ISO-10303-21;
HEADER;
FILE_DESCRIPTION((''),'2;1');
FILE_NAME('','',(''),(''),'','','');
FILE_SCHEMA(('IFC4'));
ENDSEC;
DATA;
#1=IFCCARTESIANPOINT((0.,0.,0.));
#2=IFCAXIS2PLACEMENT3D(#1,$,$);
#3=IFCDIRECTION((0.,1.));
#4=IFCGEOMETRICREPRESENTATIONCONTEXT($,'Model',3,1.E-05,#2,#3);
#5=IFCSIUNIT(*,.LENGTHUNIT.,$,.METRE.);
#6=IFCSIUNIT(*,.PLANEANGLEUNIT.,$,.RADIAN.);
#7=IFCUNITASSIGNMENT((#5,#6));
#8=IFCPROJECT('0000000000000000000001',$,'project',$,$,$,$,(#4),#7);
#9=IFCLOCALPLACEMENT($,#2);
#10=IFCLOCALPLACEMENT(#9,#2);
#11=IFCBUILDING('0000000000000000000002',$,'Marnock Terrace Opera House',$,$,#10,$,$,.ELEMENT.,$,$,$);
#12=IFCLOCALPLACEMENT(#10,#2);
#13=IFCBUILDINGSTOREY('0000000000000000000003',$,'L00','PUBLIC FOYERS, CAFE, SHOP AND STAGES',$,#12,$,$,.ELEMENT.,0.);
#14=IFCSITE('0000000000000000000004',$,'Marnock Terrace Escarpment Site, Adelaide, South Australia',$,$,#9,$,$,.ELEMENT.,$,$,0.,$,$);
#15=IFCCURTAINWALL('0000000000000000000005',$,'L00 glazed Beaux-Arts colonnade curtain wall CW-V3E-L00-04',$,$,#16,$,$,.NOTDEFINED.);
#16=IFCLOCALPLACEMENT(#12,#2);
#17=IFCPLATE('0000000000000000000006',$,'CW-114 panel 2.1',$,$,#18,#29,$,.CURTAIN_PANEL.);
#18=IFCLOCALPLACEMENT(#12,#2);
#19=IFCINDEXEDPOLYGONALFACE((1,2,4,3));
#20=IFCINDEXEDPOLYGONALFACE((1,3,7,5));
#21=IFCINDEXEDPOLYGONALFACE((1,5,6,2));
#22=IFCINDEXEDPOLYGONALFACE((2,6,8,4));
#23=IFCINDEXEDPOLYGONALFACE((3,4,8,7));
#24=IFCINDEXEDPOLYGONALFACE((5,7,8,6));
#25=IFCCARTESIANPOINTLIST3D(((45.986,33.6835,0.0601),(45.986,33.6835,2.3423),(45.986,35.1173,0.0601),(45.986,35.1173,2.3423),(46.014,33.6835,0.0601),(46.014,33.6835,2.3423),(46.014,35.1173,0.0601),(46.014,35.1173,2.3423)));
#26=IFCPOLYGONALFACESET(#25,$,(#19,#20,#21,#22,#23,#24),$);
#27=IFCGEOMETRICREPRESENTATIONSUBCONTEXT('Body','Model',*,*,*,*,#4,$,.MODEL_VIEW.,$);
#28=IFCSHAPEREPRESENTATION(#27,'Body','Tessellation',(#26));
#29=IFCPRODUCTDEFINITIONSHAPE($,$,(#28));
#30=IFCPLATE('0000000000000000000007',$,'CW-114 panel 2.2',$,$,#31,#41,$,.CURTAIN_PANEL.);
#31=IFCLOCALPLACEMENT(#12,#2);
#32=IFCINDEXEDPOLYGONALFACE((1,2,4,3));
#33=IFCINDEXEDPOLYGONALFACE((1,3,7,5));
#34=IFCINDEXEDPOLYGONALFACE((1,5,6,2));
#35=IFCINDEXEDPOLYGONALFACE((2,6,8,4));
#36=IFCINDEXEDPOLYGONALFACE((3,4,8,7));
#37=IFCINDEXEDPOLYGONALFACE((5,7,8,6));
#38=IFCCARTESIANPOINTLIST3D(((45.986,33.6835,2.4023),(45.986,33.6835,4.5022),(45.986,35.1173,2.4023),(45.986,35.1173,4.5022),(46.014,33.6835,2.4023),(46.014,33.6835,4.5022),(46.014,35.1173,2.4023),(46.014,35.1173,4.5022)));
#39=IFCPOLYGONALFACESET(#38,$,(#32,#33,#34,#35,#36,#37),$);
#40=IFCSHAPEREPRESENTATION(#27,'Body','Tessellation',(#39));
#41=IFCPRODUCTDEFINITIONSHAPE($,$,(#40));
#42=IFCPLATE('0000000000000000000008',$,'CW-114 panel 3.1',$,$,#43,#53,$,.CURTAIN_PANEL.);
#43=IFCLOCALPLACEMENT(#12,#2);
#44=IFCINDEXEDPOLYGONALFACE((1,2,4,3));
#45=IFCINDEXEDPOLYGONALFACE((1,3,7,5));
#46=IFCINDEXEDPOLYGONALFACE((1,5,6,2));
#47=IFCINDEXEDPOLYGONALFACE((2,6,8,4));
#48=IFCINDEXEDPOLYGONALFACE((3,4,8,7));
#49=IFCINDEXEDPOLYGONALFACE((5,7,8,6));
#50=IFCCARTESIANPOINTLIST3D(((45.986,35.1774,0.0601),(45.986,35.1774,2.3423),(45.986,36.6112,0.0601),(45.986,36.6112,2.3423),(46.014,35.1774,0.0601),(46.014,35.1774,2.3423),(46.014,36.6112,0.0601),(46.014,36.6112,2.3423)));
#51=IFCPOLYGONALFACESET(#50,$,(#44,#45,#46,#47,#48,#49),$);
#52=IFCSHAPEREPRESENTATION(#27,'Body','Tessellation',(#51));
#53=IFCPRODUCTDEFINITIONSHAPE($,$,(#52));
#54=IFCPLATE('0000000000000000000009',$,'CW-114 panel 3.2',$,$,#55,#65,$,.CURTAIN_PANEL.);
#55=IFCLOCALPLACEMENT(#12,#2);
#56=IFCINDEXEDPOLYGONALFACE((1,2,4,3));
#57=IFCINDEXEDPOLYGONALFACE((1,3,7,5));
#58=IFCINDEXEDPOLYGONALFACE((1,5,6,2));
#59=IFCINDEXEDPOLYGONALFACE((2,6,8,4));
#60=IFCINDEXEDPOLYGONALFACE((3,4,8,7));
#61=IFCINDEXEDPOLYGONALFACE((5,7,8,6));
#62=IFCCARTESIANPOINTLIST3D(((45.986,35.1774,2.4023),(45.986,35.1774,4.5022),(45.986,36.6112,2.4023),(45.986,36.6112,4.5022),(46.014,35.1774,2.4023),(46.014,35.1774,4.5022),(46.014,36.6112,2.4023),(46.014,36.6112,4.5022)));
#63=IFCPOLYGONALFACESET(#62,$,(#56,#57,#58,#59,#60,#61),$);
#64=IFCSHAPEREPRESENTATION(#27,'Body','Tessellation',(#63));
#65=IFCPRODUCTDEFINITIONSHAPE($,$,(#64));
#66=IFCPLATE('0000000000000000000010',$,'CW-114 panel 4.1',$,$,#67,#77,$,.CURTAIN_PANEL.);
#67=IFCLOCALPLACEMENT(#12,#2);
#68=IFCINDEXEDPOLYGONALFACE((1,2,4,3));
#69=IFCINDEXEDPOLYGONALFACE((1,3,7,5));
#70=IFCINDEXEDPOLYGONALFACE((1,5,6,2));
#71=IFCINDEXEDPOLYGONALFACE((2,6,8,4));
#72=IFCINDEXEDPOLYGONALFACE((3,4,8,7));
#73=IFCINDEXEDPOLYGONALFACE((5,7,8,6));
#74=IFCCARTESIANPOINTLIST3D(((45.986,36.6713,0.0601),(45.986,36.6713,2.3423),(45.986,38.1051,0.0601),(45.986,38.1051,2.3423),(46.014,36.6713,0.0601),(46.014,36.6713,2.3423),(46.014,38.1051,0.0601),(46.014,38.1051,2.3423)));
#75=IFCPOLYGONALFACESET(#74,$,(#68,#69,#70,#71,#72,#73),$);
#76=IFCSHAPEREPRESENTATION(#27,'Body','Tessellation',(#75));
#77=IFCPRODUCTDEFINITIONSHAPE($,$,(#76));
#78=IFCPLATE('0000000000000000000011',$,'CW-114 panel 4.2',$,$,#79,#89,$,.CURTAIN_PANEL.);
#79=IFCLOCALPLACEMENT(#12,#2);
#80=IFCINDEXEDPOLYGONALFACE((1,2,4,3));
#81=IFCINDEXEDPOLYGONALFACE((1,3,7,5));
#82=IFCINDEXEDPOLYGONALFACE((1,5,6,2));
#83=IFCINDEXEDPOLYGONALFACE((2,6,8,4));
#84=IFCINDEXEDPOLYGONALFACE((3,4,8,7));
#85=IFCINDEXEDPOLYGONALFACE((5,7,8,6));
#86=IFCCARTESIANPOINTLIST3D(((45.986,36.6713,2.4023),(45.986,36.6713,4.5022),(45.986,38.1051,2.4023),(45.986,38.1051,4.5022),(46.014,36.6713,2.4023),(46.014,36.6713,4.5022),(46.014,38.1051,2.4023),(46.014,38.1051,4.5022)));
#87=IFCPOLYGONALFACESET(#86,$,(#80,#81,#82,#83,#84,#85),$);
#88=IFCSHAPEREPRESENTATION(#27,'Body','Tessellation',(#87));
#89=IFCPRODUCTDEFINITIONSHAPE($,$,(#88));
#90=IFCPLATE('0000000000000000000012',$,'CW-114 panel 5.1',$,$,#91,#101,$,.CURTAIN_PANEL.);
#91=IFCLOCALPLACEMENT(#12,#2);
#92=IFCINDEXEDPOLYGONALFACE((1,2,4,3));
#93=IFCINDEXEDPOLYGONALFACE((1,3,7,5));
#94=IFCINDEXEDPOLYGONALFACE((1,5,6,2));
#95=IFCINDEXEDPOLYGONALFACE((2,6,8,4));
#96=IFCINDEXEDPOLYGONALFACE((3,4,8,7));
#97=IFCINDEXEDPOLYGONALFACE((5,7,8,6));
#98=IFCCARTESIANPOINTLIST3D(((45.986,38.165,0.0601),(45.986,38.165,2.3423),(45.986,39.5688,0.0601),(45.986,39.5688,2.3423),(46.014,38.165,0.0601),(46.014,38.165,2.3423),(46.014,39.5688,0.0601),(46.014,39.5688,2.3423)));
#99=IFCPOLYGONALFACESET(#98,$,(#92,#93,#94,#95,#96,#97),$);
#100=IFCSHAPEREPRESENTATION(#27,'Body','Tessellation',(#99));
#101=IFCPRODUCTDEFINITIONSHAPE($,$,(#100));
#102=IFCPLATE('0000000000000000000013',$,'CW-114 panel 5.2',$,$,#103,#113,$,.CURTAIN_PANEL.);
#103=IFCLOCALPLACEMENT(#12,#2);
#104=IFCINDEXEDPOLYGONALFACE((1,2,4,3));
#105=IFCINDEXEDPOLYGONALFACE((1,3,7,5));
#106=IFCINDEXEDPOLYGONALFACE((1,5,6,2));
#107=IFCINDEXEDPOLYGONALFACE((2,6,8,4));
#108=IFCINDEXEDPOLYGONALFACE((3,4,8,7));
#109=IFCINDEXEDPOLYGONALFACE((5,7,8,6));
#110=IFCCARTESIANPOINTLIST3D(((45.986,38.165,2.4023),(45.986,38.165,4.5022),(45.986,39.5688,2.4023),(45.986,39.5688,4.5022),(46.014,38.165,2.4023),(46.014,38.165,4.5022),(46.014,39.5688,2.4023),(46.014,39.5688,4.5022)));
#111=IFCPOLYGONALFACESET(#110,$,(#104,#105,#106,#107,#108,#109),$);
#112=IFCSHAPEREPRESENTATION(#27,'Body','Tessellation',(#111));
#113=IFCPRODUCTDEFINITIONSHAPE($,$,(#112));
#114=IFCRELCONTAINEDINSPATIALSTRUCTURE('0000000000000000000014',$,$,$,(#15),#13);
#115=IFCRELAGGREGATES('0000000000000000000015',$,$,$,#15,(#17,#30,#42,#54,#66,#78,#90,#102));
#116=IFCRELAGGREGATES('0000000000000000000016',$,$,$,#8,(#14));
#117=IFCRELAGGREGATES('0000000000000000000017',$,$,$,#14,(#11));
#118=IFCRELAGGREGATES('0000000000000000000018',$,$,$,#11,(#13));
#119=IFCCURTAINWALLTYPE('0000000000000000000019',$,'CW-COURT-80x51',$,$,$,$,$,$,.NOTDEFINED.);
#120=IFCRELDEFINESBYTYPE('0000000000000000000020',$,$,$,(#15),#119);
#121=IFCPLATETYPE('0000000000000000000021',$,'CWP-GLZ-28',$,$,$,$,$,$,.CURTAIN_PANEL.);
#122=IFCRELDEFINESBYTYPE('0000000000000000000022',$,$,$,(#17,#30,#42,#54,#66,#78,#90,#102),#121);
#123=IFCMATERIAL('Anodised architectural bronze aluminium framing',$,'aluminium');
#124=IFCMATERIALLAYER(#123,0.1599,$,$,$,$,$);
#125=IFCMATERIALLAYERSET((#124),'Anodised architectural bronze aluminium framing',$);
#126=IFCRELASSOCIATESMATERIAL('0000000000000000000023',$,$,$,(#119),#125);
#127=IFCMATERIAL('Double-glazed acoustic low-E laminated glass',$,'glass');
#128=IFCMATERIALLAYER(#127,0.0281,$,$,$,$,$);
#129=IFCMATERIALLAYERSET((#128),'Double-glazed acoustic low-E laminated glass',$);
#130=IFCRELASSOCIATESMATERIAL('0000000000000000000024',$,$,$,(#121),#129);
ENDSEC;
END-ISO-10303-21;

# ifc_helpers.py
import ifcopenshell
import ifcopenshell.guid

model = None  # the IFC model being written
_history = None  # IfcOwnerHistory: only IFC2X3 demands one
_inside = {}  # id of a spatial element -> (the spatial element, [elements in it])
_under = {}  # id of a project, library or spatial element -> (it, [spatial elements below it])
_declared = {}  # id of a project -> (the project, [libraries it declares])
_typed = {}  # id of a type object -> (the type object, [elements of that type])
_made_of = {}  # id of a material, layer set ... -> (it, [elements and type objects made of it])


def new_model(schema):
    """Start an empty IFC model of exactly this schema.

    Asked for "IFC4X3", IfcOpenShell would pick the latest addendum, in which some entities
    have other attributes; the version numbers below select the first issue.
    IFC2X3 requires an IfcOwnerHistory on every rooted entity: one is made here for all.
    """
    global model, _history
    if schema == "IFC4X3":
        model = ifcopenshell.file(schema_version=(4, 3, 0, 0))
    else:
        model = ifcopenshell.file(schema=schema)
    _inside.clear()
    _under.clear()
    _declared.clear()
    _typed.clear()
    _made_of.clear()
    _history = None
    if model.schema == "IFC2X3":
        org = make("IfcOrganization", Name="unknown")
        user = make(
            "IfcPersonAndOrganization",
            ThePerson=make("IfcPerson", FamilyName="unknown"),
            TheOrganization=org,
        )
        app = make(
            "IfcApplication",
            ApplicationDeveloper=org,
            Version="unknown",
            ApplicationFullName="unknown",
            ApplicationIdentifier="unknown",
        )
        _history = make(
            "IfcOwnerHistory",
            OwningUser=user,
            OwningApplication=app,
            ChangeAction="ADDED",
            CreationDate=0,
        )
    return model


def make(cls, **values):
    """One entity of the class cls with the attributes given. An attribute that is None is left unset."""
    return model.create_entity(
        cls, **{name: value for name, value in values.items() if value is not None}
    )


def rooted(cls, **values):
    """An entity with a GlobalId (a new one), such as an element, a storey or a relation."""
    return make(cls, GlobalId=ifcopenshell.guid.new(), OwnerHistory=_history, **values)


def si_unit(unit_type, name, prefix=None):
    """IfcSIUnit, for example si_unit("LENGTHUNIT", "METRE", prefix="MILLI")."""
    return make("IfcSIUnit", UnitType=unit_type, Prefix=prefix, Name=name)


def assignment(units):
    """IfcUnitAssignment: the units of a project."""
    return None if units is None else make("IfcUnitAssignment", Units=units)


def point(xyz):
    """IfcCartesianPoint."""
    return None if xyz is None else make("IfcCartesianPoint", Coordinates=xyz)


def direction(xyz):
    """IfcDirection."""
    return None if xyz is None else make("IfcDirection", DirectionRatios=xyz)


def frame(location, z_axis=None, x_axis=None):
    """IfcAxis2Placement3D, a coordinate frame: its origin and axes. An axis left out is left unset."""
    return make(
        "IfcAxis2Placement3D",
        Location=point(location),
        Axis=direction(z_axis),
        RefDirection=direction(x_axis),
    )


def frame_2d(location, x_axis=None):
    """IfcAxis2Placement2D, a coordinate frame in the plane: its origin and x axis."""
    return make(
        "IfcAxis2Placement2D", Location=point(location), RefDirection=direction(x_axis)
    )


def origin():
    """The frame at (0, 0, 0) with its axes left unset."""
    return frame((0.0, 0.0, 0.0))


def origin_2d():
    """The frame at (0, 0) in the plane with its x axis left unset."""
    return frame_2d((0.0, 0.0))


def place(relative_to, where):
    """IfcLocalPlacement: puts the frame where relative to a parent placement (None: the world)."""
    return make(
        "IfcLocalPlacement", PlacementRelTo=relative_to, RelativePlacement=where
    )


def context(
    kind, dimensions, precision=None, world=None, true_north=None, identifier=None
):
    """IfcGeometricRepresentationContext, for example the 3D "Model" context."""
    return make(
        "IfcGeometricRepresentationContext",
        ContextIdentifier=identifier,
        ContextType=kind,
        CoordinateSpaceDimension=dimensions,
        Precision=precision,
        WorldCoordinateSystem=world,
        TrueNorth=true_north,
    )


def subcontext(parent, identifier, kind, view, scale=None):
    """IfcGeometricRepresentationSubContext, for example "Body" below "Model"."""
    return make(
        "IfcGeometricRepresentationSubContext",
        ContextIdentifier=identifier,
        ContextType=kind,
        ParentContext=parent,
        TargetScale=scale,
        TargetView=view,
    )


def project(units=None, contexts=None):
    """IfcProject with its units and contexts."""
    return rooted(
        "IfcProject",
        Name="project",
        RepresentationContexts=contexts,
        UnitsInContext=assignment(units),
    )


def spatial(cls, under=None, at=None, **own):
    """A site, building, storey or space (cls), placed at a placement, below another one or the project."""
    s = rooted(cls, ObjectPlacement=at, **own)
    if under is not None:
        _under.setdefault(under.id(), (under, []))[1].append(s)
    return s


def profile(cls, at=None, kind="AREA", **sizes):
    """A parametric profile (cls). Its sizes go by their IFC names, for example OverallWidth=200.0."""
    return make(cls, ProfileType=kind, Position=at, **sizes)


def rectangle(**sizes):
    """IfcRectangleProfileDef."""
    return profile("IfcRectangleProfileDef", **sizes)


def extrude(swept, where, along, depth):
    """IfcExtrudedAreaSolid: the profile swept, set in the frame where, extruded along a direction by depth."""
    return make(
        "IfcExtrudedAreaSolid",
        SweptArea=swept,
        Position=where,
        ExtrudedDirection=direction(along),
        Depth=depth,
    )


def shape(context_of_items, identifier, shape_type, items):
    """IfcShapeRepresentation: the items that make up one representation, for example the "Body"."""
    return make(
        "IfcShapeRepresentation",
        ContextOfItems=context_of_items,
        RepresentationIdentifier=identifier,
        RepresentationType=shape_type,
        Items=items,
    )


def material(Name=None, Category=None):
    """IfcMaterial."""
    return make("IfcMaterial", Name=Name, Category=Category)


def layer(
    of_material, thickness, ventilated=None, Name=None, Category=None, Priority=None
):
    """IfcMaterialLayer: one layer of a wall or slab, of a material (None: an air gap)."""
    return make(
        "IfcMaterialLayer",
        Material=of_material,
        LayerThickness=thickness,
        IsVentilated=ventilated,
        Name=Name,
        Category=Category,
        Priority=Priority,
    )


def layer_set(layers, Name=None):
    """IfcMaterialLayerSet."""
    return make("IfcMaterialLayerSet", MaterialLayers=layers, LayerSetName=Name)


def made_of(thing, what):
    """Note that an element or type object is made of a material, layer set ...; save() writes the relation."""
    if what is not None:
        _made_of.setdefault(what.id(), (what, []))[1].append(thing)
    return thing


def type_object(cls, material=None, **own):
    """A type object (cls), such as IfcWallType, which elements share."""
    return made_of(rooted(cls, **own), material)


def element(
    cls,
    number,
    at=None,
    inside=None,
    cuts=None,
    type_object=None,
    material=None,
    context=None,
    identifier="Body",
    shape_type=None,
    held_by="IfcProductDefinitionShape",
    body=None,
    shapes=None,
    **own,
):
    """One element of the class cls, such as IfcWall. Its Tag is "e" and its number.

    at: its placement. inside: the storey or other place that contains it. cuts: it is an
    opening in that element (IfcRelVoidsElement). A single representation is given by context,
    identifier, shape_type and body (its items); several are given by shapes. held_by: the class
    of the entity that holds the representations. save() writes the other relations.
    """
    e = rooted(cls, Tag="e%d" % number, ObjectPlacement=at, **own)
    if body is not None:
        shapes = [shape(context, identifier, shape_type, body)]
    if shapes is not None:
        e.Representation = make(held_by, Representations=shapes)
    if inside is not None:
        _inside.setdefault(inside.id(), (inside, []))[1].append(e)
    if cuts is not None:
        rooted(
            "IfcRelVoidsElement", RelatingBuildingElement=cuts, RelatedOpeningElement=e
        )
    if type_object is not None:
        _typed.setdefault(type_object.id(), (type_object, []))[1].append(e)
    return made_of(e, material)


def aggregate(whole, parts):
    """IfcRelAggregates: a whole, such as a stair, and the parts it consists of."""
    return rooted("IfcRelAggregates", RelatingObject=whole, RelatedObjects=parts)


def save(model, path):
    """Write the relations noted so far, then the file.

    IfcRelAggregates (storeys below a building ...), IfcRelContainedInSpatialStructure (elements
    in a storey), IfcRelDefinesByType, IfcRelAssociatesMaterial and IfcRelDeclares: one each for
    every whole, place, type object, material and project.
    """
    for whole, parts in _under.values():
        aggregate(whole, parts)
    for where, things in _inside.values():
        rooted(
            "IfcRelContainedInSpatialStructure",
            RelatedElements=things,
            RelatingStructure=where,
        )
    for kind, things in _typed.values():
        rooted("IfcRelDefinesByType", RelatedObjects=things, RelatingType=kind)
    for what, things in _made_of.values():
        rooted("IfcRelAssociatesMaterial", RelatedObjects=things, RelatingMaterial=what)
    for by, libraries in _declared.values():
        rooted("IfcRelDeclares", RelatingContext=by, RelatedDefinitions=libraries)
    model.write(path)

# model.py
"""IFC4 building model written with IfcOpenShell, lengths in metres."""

from ifc_helpers import new_model, si_unit, direction, frame, origin, origin_2d, place, context, subcontext, project, spatial, rectangle, extrude, material, layer, layer_set, type_object, element, aggregate, save


model = new_model("IFC4")

# Units and contexts
model_context = context("Model", 3, precision=1e-05, world=origin(), true_north=direction((0.0, 1.0)))
body_context = subcontext(model_context, "Body", "Model", "MODEL_VIEW")
ifc_project = project(units=[si_unit("LENGTHUNIT", "METRE"), si_unit("PLANEANGLEUNIT", "RADIAN")], contexts=[model_context])

# Site, building, storey
site_placement = place(None, origin())
site = spatial("IfcSite", under=ifc_project, at=site_placement, Name="Marnock Terrace Escarpment Site, Adelaide, South Australia", CompositionType="ELEMENT", RefElevation=0.0)
building_placement = place(site_placement, origin())
building = spatial("IfcBuilding", under=site, at=building_placement, Name="Marnock Terrace Opera House", CompositionType="ELEMENT")
storey_placement = place(building_placement, origin())
storey = spatial("IfcBuildingStorey", under=building, at=storey_placement, Name="L00", Description="PUBLIC FOYERS, CAFE, SHOP AND STAGES", CompositionType="ELEMENT", Elevation=0.0)

# Curtain wall, plates
ifc_material_1 = material(Name="Anodised architectural bronze aluminium framing", Category="aluminium")
ifc_layer_1 = layer(ifc_material_1, 0.1599)
ifc_layer_set_1 = layer_set([ifc_layer_1], Name="Anodised architectural bronze aluminium framing")
curtain_wall_type = type_object("IfcCurtainWallType", Name="CW-COURT-80x51", PredefinedType="NOTDEFINED", material=ifc_layer_set_1)
curtain_wall_placement = place(storey_placement, origin())
curtain_wall = element("IfcCurtainWall", 1, at=curtain_wall_placement, inside=storey, type_object=curtain_wall_type, Name="L00 glazed Beaux-Arts colonnade curtain wall CW-V3E-L00-04", PredefinedType="NOTDEFINED")
ifc_material_2 = material(Name="Double-glazed acoustic low-E laminated glass", Category="glass")
ifc_layer_2 = layer(ifc_material_2, 0.0281)
ifc_layer_set_2 = layer_set([ifc_layer_2], Name="Double-glazed acoustic low-E laminated glass")
plate_type = type_object("IfcPlateType", Name="CWP-GLZ-28", PredefinedType="CURTAIN_PANEL", material=ifc_layer_set_2)
plate_1_placement = place(storey_placement, frame((46.0, 34.4004, 0.0601), z_axis=(0.0, 0.0, 1.0), x_axis=(0.0, 1.0, 0.0)))
plate_1 = element("IfcPlate", 2, at=plate_1_placement, type_object=plate_type, Name="CW-114 panel 2.1", PredefinedType="CURTAIN_PANEL", context=body_context, shape_type="SweptSolid", body=[
    extrude(rectangle(XDim=1.4338, YDim=0.0281, at=origin_2d()), origin(), (0.0, 0.0, 1.0), 2.2822),
])
plate_2_placement = place(storey_placement, frame((46.0, 34.4004, 2.4023), z_axis=(0.0, 0.0, 1.0), x_axis=(0.0, 1.0, 0.0)))
plate_2 = element("IfcPlate", 3, at=plate_2_placement, type_object=plate_type, Name="CW-114 panel 2.2", PredefinedType="CURTAIN_PANEL", context=body_context, shape_type="SweptSolid", body=[
    extrude(rectangle(XDim=1.4338, YDim=0.0281, at=origin_2d()), origin(), (0.0, 0.0, 1.0), 2.0999),
])
plate_3_placement = place(storey_placement, frame((46.0, 35.8943, 0.0601), z_axis=(0.0, 0.0, 1.0), x_axis=(0.0, 1.0, 0.0)))
plate_3 = element("IfcPlate", 4, at=plate_3_placement, type_object=plate_type, Name="CW-114 panel 3.1", PredefinedType="CURTAIN_PANEL", context=body_context, shape_type="SweptSolid", body=[
    extrude(rectangle(XDim=1.4338, YDim=0.0281, at=origin_2d()), origin(), (0.0, 0.0, 1.0), 2.2822),
])
plate_4_placement = place(storey_placement, frame((46.0, 35.8943, 2.4023), z_axis=(0.0, 0.0, 1.0), x_axis=(0.0, 1.0, 0.0)))
plate_4 = element("IfcPlate", 5, at=plate_4_placement, type_object=plate_type, Name="CW-114 panel 3.2", PredefinedType="CURTAIN_PANEL", context=body_context, shape_type="SweptSolid", body=[
    extrude(rectangle(XDim=1.4338, YDim=0.0281, at=origin_2d()), origin(), (0.0, 0.0, 1.0), 2.0999),
])
plate_5_placement = place(storey_placement, frame((46.0, 37.3882, 0.0601), z_axis=(0.0, 0.0, 1.0), x_axis=(0.0, 1.0, 0.0)))
plate_5 = element("IfcPlate", 6, at=plate_5_placement, type_object=plate_type, Name="CW-114 panel 4.1", PredefinedType="CURTAIN_PANEL", context=body_context, shape_type="SweptSolid", body=[
    extrude(rectangle(XDim=1.4338, YDim=0.0281, at=origin_2d()), origin(), (0.0, 0.0, 1.0), 2.2822),
])
plate_6_placement = place(storey_placement, frame((46.0, 37.3882, 2.4023), z_axis=(0.0, 0.0, 1.0), x_axis=(0.0, 1.0, 0.0)))
plate_6 = element("IfcPlate", 7, at=plate_6_placement, type_object=plate_type, Name="CW-114 panel 4.2", PredefinedType="CURTAIN_PANEL", context=body_context, shape_type="SweptSolid", body=[
    extrude(rectangle(XDim=1.4338, YDim=0.0281, at=origin_2d()), origin(), (0.0, 0.0, 1.0), 2.0999),
])
plate_7_placement = place(storey_placement, frame((46.0, 38.8669, 0.0601), z_axis=(0.0, 0.0, 1.0), x_axis=(0.0, 1.0, 0.0)))
plate_7 = element("IfcPlate", 8, at=plate_7_placement, type_object=plate_type, Name="CW-114 panel 5.1", PredefinedType="CURTAIN_PANEL", context=body_context, shape_type="SweptSolid", body=[
    extrude(rectangle(XDim=1.4038, YDim=0.0281, at=origin_2d()), origin(), (0.0, 0.0, 1.0), 2.2822),
])
plate_8_placement = place(storey_placement, frame((46.0, 38.8669, 2.4023), z_axis=(0.0, 0.0, 1.0), x_axis=(0.0, 1.0, 0.0)))
plate_8 = element("IfcPlate", 9, at=plate_8_placement, type_object=plate_type, Name="CW-114 panel 5.2", PredefinedType="CURTAIN_PANEL", context=body_context, shape_type="SweptSolid", body=[
    extrude(rectangle(XDim=1.4038, YDim=0.0281, at=origin_2d()), origin(), (0.0, 0.0, 1.0), 2.0999),
])
aggregate(curtain_wall, [plate_1, plate_2, plate_3, plate_4, plate_5, plate_6, plate_7, plate_8])

save(model, "model.ifc")
